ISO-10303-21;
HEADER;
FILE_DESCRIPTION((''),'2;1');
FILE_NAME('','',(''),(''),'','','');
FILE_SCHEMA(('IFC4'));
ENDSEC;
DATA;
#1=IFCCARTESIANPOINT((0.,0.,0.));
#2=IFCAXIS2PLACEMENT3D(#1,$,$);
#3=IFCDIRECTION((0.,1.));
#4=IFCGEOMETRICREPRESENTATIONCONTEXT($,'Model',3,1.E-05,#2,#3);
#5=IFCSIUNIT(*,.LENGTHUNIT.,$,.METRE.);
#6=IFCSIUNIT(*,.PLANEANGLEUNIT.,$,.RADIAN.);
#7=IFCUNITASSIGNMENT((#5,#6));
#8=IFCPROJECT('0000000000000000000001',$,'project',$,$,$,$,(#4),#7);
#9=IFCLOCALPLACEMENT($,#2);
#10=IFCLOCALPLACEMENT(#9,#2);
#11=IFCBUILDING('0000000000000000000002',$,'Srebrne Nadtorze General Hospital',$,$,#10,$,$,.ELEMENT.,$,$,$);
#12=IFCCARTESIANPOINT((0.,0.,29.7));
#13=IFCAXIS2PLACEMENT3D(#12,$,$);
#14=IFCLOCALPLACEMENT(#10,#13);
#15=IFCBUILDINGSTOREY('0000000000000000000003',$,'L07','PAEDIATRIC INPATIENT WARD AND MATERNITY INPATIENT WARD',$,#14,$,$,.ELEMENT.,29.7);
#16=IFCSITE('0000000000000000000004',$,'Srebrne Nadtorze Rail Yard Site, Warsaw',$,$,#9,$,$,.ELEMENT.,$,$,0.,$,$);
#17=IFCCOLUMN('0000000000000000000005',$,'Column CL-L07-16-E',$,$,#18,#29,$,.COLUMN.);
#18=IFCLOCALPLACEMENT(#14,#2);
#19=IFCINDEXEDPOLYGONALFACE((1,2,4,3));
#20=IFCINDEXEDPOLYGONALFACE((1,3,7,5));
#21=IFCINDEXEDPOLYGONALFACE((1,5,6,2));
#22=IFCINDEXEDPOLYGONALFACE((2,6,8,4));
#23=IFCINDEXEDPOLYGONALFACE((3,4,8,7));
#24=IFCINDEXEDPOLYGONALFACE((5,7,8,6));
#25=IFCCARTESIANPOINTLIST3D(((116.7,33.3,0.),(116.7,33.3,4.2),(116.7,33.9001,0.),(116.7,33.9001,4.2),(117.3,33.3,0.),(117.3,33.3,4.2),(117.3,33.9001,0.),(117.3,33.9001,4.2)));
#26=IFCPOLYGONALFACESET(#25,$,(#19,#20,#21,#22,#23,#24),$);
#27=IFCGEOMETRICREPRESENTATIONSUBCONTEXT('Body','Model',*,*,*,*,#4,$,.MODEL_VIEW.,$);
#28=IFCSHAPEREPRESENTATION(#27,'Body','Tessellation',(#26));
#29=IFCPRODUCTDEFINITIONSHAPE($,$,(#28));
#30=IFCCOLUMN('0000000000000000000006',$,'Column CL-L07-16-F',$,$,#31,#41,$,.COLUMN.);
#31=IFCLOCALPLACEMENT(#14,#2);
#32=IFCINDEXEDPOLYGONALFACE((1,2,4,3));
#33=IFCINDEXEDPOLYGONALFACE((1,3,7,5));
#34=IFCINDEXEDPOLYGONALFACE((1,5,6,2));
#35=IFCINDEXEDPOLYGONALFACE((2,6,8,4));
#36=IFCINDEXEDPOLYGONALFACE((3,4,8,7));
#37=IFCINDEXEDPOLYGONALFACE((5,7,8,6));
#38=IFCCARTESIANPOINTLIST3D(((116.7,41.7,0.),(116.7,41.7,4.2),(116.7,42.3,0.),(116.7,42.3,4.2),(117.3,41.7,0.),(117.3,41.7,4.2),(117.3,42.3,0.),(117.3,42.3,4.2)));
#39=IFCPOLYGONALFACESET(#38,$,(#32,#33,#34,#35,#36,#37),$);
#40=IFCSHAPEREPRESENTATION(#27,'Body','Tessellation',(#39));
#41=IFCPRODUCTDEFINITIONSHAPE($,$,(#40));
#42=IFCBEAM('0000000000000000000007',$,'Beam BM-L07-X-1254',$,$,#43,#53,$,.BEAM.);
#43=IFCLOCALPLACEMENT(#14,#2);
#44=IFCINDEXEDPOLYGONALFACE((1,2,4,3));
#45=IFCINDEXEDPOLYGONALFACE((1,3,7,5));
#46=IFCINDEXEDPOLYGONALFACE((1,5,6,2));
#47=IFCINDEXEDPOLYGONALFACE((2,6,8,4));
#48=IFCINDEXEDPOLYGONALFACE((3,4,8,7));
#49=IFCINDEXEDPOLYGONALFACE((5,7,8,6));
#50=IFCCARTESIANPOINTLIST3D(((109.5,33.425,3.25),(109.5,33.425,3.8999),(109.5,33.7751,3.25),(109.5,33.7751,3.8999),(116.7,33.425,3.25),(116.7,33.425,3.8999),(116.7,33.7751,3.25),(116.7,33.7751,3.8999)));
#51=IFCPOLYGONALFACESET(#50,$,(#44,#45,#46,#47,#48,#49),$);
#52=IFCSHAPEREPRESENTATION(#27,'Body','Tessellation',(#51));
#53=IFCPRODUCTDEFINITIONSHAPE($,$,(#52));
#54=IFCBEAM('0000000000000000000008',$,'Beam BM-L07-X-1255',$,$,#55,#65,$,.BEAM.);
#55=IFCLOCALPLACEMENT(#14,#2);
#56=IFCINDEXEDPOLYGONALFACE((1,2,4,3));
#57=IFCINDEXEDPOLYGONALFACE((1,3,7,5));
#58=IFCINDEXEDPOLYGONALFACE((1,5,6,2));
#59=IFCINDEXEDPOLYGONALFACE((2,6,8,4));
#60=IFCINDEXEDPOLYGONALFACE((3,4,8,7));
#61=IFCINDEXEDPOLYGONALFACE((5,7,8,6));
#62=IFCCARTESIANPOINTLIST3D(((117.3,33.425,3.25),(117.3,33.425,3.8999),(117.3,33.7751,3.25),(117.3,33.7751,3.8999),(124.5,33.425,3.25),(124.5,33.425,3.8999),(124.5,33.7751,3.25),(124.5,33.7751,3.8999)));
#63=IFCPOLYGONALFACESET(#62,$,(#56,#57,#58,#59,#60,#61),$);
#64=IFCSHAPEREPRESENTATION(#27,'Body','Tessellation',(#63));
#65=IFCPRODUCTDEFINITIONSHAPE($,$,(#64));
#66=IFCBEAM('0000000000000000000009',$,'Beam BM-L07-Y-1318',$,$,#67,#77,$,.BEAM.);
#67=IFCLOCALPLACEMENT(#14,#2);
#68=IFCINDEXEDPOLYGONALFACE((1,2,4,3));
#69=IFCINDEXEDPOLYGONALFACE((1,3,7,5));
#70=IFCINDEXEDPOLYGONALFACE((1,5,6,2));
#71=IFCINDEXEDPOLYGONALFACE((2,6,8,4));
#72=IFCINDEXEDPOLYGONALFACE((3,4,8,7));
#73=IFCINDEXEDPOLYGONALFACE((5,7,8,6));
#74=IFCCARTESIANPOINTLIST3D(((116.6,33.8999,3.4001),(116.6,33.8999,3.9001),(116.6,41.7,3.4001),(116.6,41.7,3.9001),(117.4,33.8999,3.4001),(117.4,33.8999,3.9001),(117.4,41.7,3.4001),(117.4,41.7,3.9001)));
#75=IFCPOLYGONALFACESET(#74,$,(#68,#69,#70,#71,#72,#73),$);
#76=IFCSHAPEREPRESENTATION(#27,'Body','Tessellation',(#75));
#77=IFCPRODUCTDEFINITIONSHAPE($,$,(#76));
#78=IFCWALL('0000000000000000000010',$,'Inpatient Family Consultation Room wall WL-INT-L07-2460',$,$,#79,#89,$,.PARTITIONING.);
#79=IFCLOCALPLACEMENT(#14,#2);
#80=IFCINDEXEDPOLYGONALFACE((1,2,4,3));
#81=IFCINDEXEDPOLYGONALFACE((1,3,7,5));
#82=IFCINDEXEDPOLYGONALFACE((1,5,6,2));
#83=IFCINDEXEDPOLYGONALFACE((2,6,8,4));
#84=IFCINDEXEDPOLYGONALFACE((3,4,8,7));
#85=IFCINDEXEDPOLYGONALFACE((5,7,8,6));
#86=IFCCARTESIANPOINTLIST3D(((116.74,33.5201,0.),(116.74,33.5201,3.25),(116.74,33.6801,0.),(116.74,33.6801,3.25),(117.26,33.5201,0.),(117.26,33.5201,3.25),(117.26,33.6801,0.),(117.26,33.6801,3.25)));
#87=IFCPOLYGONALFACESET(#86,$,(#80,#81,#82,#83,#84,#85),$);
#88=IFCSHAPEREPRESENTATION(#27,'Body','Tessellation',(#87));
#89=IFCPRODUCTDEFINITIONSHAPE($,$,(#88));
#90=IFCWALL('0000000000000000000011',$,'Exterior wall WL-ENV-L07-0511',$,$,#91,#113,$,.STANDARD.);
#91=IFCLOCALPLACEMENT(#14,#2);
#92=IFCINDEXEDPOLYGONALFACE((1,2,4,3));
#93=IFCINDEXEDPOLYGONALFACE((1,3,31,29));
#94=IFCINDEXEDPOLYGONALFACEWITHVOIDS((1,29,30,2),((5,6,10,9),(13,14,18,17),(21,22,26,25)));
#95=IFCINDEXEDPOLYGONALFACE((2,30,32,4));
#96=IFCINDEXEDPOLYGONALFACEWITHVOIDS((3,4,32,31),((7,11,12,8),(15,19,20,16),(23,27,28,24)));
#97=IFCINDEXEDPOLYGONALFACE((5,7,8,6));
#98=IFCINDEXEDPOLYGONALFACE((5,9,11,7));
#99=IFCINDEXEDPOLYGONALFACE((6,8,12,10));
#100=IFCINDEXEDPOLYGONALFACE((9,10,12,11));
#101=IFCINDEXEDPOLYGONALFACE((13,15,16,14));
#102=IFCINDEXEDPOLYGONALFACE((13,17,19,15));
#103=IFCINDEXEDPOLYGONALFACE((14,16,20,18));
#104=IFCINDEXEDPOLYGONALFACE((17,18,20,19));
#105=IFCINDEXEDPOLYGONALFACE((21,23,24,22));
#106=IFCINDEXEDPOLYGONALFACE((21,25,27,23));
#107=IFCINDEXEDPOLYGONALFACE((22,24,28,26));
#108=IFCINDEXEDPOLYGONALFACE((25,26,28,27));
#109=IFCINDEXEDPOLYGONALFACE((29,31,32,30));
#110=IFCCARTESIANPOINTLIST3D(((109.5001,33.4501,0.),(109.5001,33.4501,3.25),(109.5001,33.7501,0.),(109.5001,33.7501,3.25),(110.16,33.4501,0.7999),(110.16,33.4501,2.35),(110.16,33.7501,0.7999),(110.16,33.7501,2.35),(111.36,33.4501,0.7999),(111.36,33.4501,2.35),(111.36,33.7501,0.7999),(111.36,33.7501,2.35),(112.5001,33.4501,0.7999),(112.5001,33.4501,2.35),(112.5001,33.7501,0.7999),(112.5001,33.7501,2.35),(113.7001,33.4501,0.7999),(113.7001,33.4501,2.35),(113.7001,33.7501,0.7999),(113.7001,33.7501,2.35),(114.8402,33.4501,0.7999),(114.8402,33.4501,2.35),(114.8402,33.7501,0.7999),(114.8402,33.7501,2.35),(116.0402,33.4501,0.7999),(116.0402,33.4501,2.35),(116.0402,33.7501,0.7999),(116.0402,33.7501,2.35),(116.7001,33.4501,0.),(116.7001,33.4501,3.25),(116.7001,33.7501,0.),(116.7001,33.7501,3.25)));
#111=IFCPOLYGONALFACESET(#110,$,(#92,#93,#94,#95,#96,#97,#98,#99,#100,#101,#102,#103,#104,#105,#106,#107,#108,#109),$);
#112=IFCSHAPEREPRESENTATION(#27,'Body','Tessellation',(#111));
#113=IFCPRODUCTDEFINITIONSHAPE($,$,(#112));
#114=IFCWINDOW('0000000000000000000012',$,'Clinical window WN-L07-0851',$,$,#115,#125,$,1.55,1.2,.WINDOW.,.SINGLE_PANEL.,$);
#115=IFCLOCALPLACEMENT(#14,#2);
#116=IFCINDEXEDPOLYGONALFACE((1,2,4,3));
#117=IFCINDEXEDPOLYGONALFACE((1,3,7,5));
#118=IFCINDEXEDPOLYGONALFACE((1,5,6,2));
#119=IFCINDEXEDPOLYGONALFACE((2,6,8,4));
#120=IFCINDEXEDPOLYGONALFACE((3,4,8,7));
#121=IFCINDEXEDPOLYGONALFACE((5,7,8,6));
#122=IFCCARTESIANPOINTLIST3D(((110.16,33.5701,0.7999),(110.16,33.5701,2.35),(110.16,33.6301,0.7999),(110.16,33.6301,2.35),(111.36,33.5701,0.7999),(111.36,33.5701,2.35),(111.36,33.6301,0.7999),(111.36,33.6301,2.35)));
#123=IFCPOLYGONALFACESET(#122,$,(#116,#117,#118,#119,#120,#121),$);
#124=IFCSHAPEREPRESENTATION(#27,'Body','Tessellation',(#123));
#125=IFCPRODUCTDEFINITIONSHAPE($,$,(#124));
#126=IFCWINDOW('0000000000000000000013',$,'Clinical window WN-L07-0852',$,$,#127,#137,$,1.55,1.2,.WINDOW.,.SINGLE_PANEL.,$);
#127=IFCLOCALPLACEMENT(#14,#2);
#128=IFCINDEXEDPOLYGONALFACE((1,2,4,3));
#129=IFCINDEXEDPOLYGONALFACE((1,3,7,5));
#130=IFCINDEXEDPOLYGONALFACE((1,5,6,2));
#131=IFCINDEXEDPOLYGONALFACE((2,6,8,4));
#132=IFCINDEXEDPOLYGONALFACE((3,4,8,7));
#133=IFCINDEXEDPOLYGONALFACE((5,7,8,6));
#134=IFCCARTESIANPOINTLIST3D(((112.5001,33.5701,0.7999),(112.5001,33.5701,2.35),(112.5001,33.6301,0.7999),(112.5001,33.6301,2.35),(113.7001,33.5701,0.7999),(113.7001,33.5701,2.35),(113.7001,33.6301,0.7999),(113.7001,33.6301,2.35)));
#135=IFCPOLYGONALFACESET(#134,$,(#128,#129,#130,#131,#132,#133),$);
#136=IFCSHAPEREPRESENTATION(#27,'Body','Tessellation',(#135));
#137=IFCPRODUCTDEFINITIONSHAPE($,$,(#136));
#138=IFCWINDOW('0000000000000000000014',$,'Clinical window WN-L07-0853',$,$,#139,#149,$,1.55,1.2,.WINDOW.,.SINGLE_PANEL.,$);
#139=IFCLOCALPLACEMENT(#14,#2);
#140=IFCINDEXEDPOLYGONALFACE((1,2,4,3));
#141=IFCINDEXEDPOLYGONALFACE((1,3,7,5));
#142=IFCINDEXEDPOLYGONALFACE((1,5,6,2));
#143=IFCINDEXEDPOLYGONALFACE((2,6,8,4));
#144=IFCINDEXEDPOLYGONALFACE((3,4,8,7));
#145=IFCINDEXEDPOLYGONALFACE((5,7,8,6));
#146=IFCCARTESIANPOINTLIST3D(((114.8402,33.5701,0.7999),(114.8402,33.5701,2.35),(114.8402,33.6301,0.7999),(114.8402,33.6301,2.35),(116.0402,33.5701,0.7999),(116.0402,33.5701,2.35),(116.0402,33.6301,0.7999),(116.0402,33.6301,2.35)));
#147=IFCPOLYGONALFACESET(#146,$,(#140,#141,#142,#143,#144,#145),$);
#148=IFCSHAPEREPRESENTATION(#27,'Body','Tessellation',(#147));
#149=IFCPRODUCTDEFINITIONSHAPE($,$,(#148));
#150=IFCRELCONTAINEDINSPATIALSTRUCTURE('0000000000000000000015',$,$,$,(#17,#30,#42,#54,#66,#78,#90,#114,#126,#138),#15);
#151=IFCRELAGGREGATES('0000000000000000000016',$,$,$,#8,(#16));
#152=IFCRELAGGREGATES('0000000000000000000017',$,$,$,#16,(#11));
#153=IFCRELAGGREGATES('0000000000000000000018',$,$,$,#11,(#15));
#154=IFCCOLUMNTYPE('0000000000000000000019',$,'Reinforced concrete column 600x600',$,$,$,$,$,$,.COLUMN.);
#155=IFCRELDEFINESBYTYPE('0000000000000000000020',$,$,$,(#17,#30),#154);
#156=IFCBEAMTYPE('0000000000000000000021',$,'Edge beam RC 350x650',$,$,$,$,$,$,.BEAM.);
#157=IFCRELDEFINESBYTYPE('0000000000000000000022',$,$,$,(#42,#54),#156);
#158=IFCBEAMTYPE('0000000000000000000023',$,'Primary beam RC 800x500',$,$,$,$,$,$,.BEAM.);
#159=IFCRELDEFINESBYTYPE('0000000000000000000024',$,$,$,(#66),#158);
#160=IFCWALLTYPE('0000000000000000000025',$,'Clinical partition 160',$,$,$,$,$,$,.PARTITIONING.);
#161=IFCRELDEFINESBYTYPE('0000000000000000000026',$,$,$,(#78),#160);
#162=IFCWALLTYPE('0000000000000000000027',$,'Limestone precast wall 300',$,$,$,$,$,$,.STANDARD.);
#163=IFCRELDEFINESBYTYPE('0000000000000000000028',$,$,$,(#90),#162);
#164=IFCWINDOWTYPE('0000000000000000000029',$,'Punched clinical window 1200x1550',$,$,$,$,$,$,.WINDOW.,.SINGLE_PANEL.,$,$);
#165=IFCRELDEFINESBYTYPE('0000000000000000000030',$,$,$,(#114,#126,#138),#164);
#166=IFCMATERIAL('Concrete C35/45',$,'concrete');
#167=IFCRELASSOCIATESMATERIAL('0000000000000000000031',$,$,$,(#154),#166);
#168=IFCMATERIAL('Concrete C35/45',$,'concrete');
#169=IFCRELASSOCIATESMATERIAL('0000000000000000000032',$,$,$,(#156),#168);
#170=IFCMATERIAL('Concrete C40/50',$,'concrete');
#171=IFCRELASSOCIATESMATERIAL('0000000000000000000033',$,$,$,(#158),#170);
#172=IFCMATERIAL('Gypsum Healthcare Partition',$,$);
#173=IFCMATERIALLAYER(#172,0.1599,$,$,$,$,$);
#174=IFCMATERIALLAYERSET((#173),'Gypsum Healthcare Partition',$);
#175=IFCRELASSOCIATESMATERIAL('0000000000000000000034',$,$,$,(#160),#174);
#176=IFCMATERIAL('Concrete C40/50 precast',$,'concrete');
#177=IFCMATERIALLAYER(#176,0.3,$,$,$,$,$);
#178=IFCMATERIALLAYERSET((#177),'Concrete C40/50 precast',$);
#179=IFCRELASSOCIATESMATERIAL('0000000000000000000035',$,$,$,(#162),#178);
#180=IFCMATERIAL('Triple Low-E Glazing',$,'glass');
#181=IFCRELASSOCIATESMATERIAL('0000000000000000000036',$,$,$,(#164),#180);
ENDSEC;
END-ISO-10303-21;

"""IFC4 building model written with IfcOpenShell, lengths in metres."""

from ifc_helpers import new_model, si_unit, direction, frame, frame_2d, origin, origin_2d, place, context, subcontext, project, spatial, rectangle, extrude, material, layer, layer_set, material_profile, profile_set, type_object, element, fill, save


model = new_model("IFC4")

# Units and contexts
model_context = context("Model", 3, precision=1e-05, world=origin(), true_north=direction((0.0, 1.0)))
body_context = subcontext(model_context, "Body", "Model", "MODEL_VIEW")
ifc_project = project(units=[si_unit("LENGTHUNIT", "METRE"), si_unit("PLANEANGLEUNIT", "RADIAN")], contexts=[model_context])

# Site, building, storey
site_placement = place(None, origin())
site = spatial("IfcSite", under=ifc_project, at=site_placement, Name="Srebrne Nadtorze Rail Yard Site, Warsaw", CompositionType="ELEMENT", RefElevation=0.0)
building_placement = place(site_placement, origin())
building = spatial("IfcBuilding", under=site, at=building_placement, Name="Srebrne Nadtorze General Hospital", CompositionType="ELEMENT")
storey_placement = place(building_placement, frame((0.0, 0.0, 29.7)))
storey = spatial("IfcBuildingStorey", under=building, at=storey_placement, Name="L07", Description="PAEDIATRIC INPATIENT WARD AND MATERNITY INPATIENT WARD", CompositionType="ELEMENT", Elevation=29.7)

# Columns
ifc_material_1 = material(Name="Concrete C35/45", Category="concrete")
ifc_material_profile_1 = material_profile(ifc_material_1, rectangle(XDim=0.6001, YDim=0.6001, at=origin_2d()), Name="RC-COL-600x600")
ifc_profile_set_1 = profile_set([ifc_material_profile_1], Name="Concrete C35/45")
column_type = type_object("IfcColumnType", Name="Reinforced concrete column 600x600", PredefinedType="COLUMN", material=ifc_profile_set_1)
for number, where, z_axis, x_axis, name in (
    (1, (117.0, 33.6001, 0.0), (0.0, 0.0, 1.0), (1.0, 0.0, 0.0), "Column CL-L07-16-E"),
    (2, (117.0, 42.0, 0.0), (0.0, 0.0, 1.0), (1.0, 0.0, 0.0), "Column CL-L07-16-F"),
):
    element("IfcColumn", number, at=place(storey_placement, frame(where, z_axis=z_axis, x_axis=x_axis)), inside=storey, type_object=column_type, Name=name, PredefinedType="COLUMN", context=body_context, shape_type="SweptSolid", body=[
        extrude(rectangle(XDim=0.6001, YDim=0.6001, at=origin_2d()), origin(), (0.0, 0.0, 1.0), 4.2),
    ])

# Beams
ifc_material_2 = material(Name="Concrete C35/45", Category="concrete")
ifc_material_profile_2 = material_profile(ifc_material_2, rectangle(XDim=0.3501, YDim=0.6499, at=origin_2d()), Name="RC-BM-350x650")
ifc_profile_set_2 = profile_set([ifc_material_profile_2], Name="Concrete C35/45")
beam_type_1 = type_object("IfcBeamType", Name="Edge beam RC 350x650", PredefinedType="BEAM", material=ifc_profile_set_2)
for number, where, z_axis, x_axis, name in (
    (3, (109.5, 33.6001, 3.575), (1.0, 0.0, 0.0), (0.0, 1.0, 0.0), "Beam BM-L07-X-1254"),
    (4, (117.3, 33.6001, 3.575), (1.0, 0.0, 0.0), (0.0, 1.0, 0.0), "Beam BM-L07-X-1255"),
):
    element("IfcBeam", number, at=place(storey_placement, frame(where, z_axis=z_axis, x_axis=x_axis)), inside=storey, type_object=beam_type_1, Name=name, PredefinedType="BEAM", context=body_context, shape_type="SweptSolid", body=[
        extrude(rectangle(XDim=0.3501, YDim=0.6499, at=origin_2d()), origin(), (0.0, 0.0, 1.0), 7.2),
    ])
ifc_material_3 = material(Name="Concrete C40/50", Category="concrete")
ifc_material_profile_3 = material_profile(ifc_material_3, rectangle(XDim=0.8, YDim=0.5, at=origin_2d()), Name="RC-BM-800x500")
ifc_profile_set_3 = profile_set([ifc_material_profile_3], Name="Concrete C40/50")
beam_type_2 = type_object("IfcBeamType", Name="Primary beam RC 800x500", PredefinedType="BEAM", material=ifc_profile_set_3)
beam_placement = place(storey_placement, frame((117.0, 33.8999, 3.6501), z_axis=(0.0, 1.0, 0.0), x_axis=(-1.0, 0.0, 0.0)))
element("IfcBeam", 5, at=beam_placement, inside=storey, type_object=beam_type_2, Name="Beam BM-L07-Y-1318", PredefinedType="BEAM", context=body_context, shape_type="SweptSolid", body=[
    extrude(rectangle(XDim=0.8, YDim=0.5, at=origin_2d()), origin(), (0.0, 0.0, 1.0), 7.8),
])

# Wall
ifc_material_4 = material(Name="Gypsum Healthcare Partition")
ifc_layer_1 = layer(ifc_material_4, 0.1599)
ifc_layer_set_1 = layer_set([ifc_layer_1], Name="Gypsum Healthcare Partition")
wall_type_1 = type_object("IfcWallType", Name="Clinical partition 160", PredefinedType="PARTITIONING", material=ifc_layer_set_1)
wall_1_placement = place(storey_placement, frame((116.74, 33.6001, 0.0), z_axis=(0.0, 0.0, 1.0), x_axis=(1.0, 0.0, 0.0)))
element("IfcWall", 6, at=wall_1_placement, inside=storey, type_object=wall_type_1, Name="Inpatient Family Consultation Room wall WL-INT-L07-2460", PredefinedType="PARTITIONING", context=body_context, shape_type="SweptSolid", body=[
    extrude(rectangle(XDim=0.52, YDim=0.1599, at=frame_2d((0.26, 0.0))), origin(), (0.0, 0.0, 1.0), 3.25),
])

# Wall, openings, windows
ifc_material_5 = material(Name="Concrete C40/50 precast", Category="concrete")
ifc_layer_2 = layer(ifc_material_5, 0.3)
ifc_layer_set_2 = layer_set([ifc_layer_2], Name="Concrete C40/50 precast")
wall_type_2 = type_object("IfcWallType", Name="Limestone precast wall 300", PredefinedType="STANDARD", material=ifc_layer_set_2)
wall_2_placement = place(storey_placement, frame((109.5, 33.6001, 0.0), z_axis=(0.0, 0.0, 1.0), x_axis=(1.0, 0.0, 0.0)))
wall_2 = element("IfcWall", 7, at=wall_2_placement, inside=storey, type_object=wall_type_2, Name="Exterior wall WL-ENV-L07-0511", PredefinedType="STANDARD", context=body_context, shape_type="SweptSolid", body=[
    extrude(rectangle(XDim=7.2, YDim=0.3, at=frame_2d((3.6001, 0.0))), origin(), (0.0, 0.0, 1.0), 3.25),
])
opening_1_placement = place(wall_2_placement, frame((0.6599, 0.0, 0.8)))
opening_1 = element("IfcOpeningElement", 8, at=opening_1_placement, cuts=wall_2, PredefinedType="OPENING", context=body_context, shape_type="SweptSolid", body=[
    extrude(rectangle(XDim=1.2, YDim=1.55, at=frame_2d((0.6001, 0.7749))), frame((0.0, 0.1621, 0.0), z_axis=(0.0, -1.0, 0.0), x_axis=(1.0, 0.0, 0.0)), (0.0, 0.0, 1.0), 0.324),
])
opening_2_placement = place(wall_2_placement, frame((3.0, 0.0, 0.8)))
opening_2 = element("IfcOpeningElement", 9, at=opening_2_placement, cuts=wall_2, PredefinedType="OPENING", context=body_context, shape_type="SweptSolid", body=[
    extrude(rectangle(XDim=1.2, YDim=1.55, at=frame_2d((0.6001, 0.7749))), frame((0.0, 0.1621, 0.0), z_axis=(0.0, -1.0, 0.0), x_axis=(1.0, 0.0, 0.0)), (0.0, 0.0, 1.0), 0.324),
])
opening_3_placement = place(wall_2_placement, frame((5.3401, 0.0, 0.8)))
opening_3 = element("IfcOpeningElement", 10, at=opening_3_placement, cuts=wall_2, PredefinedType="OPENING", context=body_context, shape_type="SweptSolid", body=[
    extrude(rectangle(XDim=1.2, YDim=1.55, at=frame_2d((0.6001, 0.7749))), frame((0.0, 0.1621, 0.0), z_axis=(0.0, -1.0, 0.0), x_axis=(1.0, 0.0, 0.0)), (0.0, 0.0, 1.0), 0.324),
])
ifc_material_6 = material(Name="Triple Low-E Glazing", Category="glass")
window_type_1 = type_object("IfcWindowType", Name="Punched clinical window 1200x1550", PartitioningType="SINGLE_PANEL", PredefinedType="WINDOW", material=ifc_material_6)
window_1_placement = place(opening_1_placement, origin())
window_1 = element("IfcWindow", 11, at=window_1_placement, inside=storey, type_object=window_type_1, Name="Clinical window WN-L07-0851", OverallHeight=1.55, OverallWidth=1.2, PartitioningType="SINGLE_PANEL", PredefinedType="WINDOW", context=body_context, shape_type="SweptSolid", body=[
    extrude(rectangle(XDim=1.2, YDim=1.55, at=frame_2d((0.6001, 0.7749))), frame((0.0, 0.03, 0.0), z_axis=(0.0, -1.0, 0.0), x_axis=(1.0, 0.0, 0.0)), (0.0, 0.0, 1.0), 0.0601),
])
fill(opening_1, window_1)
window_2_placement = place(opening_2_placement, origin())
window_2 = element("IfcWindow", 12, at=window_2_placement, inside=storey, type_object=window_type_1, Name="Clinical window WN-L07-0852", OverallHeight=1.55, OverallWidth=1.2, PartitioningType="SINGLE_PANEL", PredefinedType="WINDOW", context=body_context, shape_type="SweptSolid", body=[
    extrude(rectangle(XDim=1.2, YDim=1.55, at=frame_2d((0.6001, 0.7749))), frame((0.0, 0.03, 0.0), z_axis=(0.0, -1.0, 0.0), x_axis=(1.0, 0.0, 0.0)), (0.0, 0.0, 1.0), 0.0601),
])
fill(opening_2, window_2)
window_3_placement = place(opening_3_placement, origin())
window_3 = element("IfcWindow", 13, at=window_3_placement, inside=storey, type_object=window_type_1, Name="Clinical window WN-L07-0853", OverallHeight=1.55, OverallWidth=1.2, PartitioningType="SINGLE_PANEL", PredefinedType="WINDOW", context=body_context, shape_type="SweptSolid", body=[
    extrude(rectangle(XDim=1.2, YDim=1.55, at=frame_2d((0.6001, 0.7749))), frame((0.0, 0.03, 0.0), z_axis=(0.0, -1.0, 0.0), x_axis=(1.0, 0.0, 0.0)), (0.0, 0.0, 1.0), 0.0601),
])
fill(opening_3, window_3)

save(model, "model.ifc")
